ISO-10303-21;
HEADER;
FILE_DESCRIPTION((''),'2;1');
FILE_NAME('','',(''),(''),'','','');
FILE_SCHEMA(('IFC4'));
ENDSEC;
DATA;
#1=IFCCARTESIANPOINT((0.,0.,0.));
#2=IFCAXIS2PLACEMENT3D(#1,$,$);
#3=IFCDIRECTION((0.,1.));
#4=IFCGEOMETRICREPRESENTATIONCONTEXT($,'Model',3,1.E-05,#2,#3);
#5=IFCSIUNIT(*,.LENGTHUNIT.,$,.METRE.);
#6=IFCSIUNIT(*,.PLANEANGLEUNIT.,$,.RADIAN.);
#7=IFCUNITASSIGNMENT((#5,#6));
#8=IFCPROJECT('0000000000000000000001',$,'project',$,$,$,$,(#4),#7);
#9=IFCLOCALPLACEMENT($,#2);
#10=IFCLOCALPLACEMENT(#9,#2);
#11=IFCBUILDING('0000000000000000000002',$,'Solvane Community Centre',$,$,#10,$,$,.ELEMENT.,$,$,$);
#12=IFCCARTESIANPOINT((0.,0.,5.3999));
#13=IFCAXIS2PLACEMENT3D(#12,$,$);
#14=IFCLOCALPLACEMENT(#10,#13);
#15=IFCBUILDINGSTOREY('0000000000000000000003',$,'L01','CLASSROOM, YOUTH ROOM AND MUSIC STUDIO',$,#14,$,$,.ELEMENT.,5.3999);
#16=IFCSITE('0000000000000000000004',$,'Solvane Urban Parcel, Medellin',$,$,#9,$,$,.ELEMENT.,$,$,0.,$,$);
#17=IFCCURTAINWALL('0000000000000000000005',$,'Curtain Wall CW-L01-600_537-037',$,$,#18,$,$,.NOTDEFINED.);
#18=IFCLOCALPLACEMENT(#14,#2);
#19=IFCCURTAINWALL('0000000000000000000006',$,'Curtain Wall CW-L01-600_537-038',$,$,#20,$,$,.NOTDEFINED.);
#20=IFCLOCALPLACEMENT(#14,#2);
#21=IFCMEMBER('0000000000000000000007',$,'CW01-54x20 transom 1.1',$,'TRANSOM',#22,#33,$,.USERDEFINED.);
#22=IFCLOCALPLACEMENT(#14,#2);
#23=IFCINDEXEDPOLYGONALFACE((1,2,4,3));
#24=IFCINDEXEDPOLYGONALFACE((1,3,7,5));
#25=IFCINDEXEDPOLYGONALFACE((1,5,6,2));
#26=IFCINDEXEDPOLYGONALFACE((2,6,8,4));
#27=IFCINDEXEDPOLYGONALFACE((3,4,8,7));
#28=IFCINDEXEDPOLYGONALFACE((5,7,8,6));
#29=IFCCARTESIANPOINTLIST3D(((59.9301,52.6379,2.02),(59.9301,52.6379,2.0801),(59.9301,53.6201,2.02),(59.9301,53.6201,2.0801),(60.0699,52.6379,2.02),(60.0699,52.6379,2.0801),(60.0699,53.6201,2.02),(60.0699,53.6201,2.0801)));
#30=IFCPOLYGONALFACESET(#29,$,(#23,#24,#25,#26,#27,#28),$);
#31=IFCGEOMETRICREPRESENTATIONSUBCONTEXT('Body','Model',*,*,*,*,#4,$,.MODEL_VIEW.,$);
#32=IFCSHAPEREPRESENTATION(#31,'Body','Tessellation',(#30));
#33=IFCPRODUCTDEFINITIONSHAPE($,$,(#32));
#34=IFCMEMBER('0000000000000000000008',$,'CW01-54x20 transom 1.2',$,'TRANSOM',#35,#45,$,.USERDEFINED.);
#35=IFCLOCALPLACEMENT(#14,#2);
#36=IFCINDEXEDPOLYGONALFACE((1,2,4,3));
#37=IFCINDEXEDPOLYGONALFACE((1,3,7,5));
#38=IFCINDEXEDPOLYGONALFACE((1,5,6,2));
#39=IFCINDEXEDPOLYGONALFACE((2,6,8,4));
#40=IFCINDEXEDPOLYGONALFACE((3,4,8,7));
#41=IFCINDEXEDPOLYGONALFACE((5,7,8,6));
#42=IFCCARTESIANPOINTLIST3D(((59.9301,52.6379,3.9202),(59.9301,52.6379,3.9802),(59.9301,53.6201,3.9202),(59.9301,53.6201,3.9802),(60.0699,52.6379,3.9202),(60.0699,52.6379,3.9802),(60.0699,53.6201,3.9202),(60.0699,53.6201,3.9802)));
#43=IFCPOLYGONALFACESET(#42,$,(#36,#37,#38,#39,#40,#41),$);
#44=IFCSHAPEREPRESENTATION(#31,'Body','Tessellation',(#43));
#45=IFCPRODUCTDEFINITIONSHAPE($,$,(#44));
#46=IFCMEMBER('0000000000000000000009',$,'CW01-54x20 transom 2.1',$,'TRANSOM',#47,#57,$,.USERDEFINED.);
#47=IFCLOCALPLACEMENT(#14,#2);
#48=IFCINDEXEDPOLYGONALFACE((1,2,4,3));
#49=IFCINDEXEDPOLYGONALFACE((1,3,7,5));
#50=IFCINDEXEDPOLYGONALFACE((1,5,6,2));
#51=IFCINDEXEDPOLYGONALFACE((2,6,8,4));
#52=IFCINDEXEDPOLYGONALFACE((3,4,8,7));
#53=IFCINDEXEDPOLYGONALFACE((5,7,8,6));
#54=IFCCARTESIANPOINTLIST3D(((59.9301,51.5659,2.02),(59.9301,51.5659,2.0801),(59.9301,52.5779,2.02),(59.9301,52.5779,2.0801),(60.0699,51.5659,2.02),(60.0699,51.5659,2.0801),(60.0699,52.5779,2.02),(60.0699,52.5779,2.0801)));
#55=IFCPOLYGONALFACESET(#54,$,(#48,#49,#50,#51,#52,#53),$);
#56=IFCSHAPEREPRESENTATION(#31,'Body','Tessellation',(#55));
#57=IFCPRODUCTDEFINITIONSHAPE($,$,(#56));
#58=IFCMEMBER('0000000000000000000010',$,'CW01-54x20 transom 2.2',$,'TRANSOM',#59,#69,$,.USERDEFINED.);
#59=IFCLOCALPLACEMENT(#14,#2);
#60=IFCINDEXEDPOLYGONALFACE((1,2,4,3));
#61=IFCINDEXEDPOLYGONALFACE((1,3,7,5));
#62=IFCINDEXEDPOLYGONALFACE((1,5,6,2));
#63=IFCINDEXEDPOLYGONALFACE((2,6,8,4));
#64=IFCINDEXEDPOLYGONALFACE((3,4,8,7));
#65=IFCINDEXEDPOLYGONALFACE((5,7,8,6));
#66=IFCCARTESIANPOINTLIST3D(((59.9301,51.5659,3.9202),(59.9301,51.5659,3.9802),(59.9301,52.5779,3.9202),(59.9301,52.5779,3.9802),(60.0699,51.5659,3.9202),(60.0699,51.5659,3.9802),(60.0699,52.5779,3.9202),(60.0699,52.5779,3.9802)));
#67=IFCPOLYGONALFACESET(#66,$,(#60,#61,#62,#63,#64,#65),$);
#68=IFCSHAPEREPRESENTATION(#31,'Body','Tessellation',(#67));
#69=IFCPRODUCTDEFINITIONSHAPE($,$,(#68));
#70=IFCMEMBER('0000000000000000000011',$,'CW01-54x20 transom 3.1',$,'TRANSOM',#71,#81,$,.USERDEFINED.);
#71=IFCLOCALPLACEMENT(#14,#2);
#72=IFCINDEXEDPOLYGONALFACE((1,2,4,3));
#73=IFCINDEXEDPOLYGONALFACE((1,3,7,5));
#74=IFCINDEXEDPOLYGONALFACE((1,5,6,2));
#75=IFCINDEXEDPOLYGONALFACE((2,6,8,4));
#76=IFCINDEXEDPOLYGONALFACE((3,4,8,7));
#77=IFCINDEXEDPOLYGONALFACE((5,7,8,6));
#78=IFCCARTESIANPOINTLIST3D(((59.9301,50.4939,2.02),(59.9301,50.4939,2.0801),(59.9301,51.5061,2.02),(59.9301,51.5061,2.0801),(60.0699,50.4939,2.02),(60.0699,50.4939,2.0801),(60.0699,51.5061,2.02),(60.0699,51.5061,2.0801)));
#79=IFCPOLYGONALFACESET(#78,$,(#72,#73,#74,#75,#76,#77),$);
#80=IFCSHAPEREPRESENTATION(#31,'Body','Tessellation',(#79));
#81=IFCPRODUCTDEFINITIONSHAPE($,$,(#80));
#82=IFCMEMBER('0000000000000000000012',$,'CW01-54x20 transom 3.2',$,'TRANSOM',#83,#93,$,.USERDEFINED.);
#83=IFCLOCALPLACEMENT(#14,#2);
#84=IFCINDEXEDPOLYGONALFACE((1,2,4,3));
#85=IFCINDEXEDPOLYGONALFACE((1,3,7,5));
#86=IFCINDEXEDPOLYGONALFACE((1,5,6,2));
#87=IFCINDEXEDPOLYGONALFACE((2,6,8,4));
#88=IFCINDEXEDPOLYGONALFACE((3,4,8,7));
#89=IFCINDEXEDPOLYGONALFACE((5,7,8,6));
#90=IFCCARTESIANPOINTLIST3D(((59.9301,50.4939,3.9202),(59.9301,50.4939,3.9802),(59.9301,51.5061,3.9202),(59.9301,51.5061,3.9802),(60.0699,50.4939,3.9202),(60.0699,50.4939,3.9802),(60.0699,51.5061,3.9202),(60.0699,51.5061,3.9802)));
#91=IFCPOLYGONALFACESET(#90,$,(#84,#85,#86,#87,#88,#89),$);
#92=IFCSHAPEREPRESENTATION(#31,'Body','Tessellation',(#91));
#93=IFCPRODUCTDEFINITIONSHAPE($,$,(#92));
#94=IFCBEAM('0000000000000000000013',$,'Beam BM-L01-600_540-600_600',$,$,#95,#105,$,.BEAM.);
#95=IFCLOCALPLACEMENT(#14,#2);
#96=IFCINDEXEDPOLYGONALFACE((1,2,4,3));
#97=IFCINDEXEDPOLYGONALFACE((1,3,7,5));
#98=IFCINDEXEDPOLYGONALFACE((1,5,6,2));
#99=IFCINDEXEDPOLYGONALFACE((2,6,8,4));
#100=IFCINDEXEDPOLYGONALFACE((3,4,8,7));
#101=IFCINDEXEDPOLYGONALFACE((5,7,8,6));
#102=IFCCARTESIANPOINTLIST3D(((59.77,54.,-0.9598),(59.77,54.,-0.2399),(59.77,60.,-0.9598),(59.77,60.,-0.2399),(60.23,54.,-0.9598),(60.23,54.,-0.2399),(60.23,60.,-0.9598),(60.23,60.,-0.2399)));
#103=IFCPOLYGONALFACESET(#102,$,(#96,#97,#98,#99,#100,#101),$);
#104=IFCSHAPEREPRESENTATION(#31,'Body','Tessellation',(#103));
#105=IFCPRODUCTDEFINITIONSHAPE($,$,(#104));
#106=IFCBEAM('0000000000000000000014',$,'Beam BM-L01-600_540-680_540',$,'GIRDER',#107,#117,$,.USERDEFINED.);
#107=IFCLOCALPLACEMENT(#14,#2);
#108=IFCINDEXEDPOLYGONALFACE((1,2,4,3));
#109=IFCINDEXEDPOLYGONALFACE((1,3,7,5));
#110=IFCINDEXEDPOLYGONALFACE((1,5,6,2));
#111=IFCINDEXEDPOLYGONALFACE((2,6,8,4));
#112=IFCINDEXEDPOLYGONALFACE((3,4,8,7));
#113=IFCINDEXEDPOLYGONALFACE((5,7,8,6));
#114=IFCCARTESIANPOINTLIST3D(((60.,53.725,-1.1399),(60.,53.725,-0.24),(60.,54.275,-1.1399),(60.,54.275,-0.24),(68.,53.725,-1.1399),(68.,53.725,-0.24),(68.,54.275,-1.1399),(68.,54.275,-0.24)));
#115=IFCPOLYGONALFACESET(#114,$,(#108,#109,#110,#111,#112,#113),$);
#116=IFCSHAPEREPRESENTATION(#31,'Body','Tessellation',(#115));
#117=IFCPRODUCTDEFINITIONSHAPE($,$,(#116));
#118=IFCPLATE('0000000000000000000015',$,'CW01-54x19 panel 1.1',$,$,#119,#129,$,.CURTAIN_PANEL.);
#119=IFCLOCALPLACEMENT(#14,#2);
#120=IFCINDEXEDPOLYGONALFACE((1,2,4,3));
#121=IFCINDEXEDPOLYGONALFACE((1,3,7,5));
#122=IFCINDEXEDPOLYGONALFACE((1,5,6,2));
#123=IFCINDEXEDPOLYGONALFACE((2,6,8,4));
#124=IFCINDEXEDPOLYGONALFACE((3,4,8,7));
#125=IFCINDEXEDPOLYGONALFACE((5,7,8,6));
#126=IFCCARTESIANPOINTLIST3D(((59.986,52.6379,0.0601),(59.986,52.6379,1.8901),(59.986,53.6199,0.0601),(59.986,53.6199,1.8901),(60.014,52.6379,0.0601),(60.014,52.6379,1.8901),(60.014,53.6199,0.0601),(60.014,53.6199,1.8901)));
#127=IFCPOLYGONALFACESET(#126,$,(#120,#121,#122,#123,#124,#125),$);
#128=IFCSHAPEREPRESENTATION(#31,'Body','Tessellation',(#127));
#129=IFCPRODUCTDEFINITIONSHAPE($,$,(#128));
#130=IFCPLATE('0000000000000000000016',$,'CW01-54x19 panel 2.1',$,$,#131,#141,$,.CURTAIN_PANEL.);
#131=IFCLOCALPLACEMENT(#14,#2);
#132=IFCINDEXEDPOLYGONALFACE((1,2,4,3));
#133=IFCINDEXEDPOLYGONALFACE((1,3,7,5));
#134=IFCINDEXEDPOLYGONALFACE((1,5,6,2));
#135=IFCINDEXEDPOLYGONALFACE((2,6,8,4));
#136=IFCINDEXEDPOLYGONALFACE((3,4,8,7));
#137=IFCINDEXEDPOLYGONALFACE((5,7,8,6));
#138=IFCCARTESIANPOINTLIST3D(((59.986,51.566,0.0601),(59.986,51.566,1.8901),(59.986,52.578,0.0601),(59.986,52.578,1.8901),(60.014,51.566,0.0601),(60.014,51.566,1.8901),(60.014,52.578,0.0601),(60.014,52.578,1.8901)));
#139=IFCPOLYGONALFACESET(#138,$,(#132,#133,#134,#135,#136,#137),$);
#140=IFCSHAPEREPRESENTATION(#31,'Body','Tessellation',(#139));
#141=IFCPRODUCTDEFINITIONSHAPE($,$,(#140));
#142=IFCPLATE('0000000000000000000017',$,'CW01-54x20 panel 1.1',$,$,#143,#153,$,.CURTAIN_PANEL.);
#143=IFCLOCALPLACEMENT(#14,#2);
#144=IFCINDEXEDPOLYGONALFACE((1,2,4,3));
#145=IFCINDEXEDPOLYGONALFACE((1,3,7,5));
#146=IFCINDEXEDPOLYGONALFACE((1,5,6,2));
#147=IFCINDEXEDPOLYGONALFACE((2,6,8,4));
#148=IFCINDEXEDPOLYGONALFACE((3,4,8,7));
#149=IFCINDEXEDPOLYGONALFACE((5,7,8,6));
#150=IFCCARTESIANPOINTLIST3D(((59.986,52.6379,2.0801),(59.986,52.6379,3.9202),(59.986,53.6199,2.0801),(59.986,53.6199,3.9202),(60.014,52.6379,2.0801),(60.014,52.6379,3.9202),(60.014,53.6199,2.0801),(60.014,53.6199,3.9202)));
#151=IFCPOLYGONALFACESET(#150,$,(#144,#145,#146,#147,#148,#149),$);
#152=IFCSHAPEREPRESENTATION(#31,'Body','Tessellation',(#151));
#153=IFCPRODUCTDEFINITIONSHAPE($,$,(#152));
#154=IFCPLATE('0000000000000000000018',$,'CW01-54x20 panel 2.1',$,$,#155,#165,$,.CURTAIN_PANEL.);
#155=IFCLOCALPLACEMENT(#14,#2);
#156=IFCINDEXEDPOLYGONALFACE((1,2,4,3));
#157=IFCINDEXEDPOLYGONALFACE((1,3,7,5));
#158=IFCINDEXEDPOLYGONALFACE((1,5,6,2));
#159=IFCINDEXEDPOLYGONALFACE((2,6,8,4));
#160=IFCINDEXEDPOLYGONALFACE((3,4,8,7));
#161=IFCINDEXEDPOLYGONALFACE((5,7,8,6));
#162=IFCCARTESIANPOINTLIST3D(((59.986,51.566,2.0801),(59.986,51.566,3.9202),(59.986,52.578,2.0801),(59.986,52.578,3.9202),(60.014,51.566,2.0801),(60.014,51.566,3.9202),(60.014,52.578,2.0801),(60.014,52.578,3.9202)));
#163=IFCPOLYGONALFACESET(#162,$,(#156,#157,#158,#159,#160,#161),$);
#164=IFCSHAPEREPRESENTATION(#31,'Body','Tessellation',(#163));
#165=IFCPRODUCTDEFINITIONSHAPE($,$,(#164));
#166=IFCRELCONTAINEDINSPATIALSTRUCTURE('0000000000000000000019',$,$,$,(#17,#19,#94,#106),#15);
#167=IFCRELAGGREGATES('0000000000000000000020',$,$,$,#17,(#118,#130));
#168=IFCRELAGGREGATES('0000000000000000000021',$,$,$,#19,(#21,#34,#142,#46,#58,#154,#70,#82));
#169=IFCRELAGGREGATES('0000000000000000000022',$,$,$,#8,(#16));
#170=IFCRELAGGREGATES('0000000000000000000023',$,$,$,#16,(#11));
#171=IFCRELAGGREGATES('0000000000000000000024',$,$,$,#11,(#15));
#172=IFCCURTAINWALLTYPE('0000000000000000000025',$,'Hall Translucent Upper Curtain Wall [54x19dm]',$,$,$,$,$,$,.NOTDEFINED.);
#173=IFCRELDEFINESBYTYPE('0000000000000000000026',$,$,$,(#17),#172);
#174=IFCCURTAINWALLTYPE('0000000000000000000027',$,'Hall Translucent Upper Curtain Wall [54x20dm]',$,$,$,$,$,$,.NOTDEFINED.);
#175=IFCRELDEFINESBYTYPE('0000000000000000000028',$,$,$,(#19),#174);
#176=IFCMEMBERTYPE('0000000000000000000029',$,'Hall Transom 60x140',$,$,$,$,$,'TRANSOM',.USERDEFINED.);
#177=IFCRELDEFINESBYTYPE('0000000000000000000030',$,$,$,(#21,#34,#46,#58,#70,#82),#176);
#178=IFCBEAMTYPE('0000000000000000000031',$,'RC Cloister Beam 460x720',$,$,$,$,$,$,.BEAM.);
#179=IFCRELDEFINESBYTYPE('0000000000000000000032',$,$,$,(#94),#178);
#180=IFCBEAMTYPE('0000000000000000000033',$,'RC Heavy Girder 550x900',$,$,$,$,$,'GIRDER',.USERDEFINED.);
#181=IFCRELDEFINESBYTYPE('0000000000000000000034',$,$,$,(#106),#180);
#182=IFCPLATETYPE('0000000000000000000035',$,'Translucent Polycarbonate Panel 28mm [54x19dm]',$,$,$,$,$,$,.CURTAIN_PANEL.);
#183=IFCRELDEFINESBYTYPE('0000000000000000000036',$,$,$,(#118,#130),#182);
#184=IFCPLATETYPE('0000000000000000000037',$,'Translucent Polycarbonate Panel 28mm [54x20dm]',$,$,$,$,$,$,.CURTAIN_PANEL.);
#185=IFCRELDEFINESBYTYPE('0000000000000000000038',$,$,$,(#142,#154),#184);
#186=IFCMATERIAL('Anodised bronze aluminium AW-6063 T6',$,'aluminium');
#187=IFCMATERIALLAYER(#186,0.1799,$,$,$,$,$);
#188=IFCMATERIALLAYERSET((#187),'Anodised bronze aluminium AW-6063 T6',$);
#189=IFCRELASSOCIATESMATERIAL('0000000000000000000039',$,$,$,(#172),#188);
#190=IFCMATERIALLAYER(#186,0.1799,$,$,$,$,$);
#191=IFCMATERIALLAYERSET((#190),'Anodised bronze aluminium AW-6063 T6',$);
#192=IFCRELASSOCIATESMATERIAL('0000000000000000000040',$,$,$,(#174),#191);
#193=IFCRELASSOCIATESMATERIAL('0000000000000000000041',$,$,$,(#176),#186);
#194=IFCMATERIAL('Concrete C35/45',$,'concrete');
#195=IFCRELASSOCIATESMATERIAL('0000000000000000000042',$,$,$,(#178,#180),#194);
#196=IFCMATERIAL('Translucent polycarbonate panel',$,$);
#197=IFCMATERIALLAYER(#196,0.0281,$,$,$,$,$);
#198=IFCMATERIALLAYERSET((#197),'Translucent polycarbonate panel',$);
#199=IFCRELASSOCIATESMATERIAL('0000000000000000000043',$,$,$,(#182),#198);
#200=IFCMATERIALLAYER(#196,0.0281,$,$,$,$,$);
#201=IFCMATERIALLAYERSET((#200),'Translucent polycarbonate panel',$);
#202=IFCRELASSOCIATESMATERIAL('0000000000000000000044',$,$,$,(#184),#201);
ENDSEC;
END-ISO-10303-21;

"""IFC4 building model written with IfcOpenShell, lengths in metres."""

from ifc_helpers import new_model, si_unit, direction, frame, origin, origin_2d, place, context, subcontext, project, spatial, rectangle, extrude, material, layer, layer_set, material_profile, profile_set, type_object, element, aggregate, save


model = new_model("IFC4")

# Units and contexts
model_context = context("Model", 3, precision=1e-05, world=origin(), true_north=direction((0.0, 1.0)))
body_context = subcontext(model_context, "Body", "Model", "MODEL_VIEW")
ifc_project = project(units=[si_unit("LENGTHUNIT", "METRE"), si_unit("PLANEANGLEUNIT", "RADIAN")], contexts=[model_context])

# Site, building, storey
site_placement = place(None, origin())
site = spatial("IfcSite", under=ifc_project, at=site_placement, Name="Solvane Urban Parcel, Medellin", CompositionType="ELEMENT", RefElevation=0.0)
building_placement = place(site_placement, origin())
building = spatial("IfcBuilding", under=site, at=building_placement, Name="Solvane Community Centre", CompositionType="ELEMENT")
storey_placement = place(building_placement, frame((0.0, 0.0, 5.3999)))
storey = spatial("IfcBuildingStorey", under=building, at=storey_placement, Name="L01", Description="CLASSROOM, YOUTH ROOM AND MUSIC STUDIO", CompositionType="ELEMENT", Elevation=5.3999)

# Shared definitions
ifc_material_1 = material(Name="Concrete C35/45", Category="concrete")

# Curtain walls
ifc_material_2 = material(Name="Anodised bronze aluminium AW-6063 T6", Category="aluminium")
ifc_layer_1 = layer(ifc_material_2, 0.1799)
ifc_layer_set_1 = layer_set([ifc_layer_1], Name="Anodised bronze aluminium AW-6063 T6")
curtain_wall_type_1 = type_object("IfcCurtainWallType", Name="Hall Translucent Upper Curtain Wall [54x19dm]", PredefinedType="NOTDEFINED", material=ifc_layer_set_1)
curtain_wall_1_placement = place(storey_placement, origin())
curtain_wall_1 = element("IfcCurtainWall", 1, at=curtain_wall_1_placement, inside=storey, type_object=curtain_wall_type_1, Name="Curtain Wall CW-L01-600_537-037", PredefinedType="NOTDEFINED")
ifc_layer_2 = layer(ifc_material_2, 0.1799)
ifc_layer_set_2 = layer_set([ifc_layer_2], Name="Anodised bronze aluminium AW-6063 T6")
curtain_wall_type_2 = type_object("IfcCurtainWallType", Name="Hall Translucent Upper Curtain Wall [54x20dm]", PredefinedType="NOTDEFINED", material=ifc_layer_set_2)
curtain_wall_2_placement = place(storey_placement, origin())
curtain_wall_2 = element("IfcCurtainWall", 2, at=curtain_wall_2_placement, inside=storey, type_object=curtain_wall_type_2, Name="Curtain Wall CW-L01-600_537-038", PredefinedType="NOTDEFINED")

# Members
ifc_material_profile_1 = material_profile(ifc_material_2, rectangle(XDim=0.1399, YDim=0.0601, at=origin_2d()), Name="CW-T 60x140")
ifc_profile_set_1 = profile_set([ifc_material_profile_1], Name="Anodised bronze aluminium AW-6063 T6")
member_type_1 = type_object("IfcMemberType", Name="Hall Transom 60x140", ElementType="TRANSOM", PredefinedType="USERDEFINED", material=ifc_profile_set_1)
member_1_placement = place(storey_placement, frame((60.0, 53.6201, 2.05), z_axis=(0.0, -1.0, 0.0), x_axis=(1.0, 0.0, 0.0)))
member_1 = element("IfcMember", 3, at=member_1_placement, type_object=member_type_1, Name="CW01-54x20 transom 1.1", ObjectType="TRANSOM", PredefinedType="USERDEFINED", context=body_context, shape_type="SweptSolid", body=[
    extrude(rectangle(XDim=0.1399, YDim=0.0601, at=origin_2d()), origin(), (0.0, 0.0, 1.0), 0.9822),
])
member_2_placement = place(storey_placement, frame((60.0, 53.6201, 3.9502), z_axis=(0.0, -1.0, 0.0), x_axis=(1.0, 0.0, 0.0)))
member_2 = element("IfcMember", 4, at=member_2_placement, type_object=member_type_1, Name="CW01-54x20 transom 1.2", ObjectType="TRANSOM", PredefinedType="USERDEFINED", context=body_context, shape_type="SweptSolid", body=[
    extrude(rectangle(XDim=0.1399, YDim=0.0601, at=origin_2d()), origin(), (0.0, 0.0, 1.0), 0.9822),
])
member_3_placement = place(storey_placement, frame((60.0, 52.5779, 2.05), z_axis=(0.0, -1.0, 0.0), x_axis=(1.0, 0.0, 0.0)))
member_3 = element("IfcMember", 5, at=member_3_placement, type_object=member_type_1, Name="CW01-54x20 transom 2.1", ObjectType="TRANSOM", PredefinedType="USERDEFINED", context=body_context, shape_type="SweptSolid", body=[
    extrude(rectangle(XDim=0.1399, YDim=0.0601, at=origin_2d()), origin(), (0.0, 0.0, 1.0), 1.012),
])
member_4_placement = place(storey_placement, frame((60.0, 52.5779, 3.9502), z_axis=(0.0, -1.0, 0.0), x_axis=(1.0, 0.0, 0.0)))
member_4 = element("IfcMember", 6, at=member_4_placement, type_object=member_type_1, Name="CW01-54x20 transom 2.2", ObjectType="TRANSOM", PredefinedType="USERDEFINED", context=body_context, shape_type="SweptSolid", body=[
    extrude(rectangle(XDim=0.1399, YDim=0.0601, at=origin_2d()), origin(), (0.0, 0.0, 1.0), 1.012),
])
member_5_placement = place(storey_placement, frame((60.0, 51.5061, 2.05), z_axis=(0.0, -1.0, 0.0), x_axis=(1.0, 0.0, 0.0)))
member_5 = element("IfcMember", 7, at=member_5_placement, type_object=member_type_1, Name="CW01-54x20 transom 3.1", ObjectType="TRANSOM", PredefinedType="USERDEFINED", context=body_context, shape_type="SweptSolid", body=[
    extrude(rectangle(XDim=0.1399, YDim=0.0601, at=origin_2d()), origin(), (0.0, 0.0, 1.0), 1.0122),
])
member_6_placement = place(storey_placement, frame((60.0, 51.5061, 3.9502), z_axis=(0.0, -1.0, 0.0), x_axis=(1.0, 0.0, 0.0)))
member_6 = element("IfcMember", 8, at=member_6_placement, type_object=member_type_1, Name="CW01-54x20 transom 3.2", ObjectType="TRANSOM", PredefinedType="USERDEFINED", context=body_context, shape_type="SweptSolid", body=[
    extrude(rectangle(XDim=0.1399, YDim=0.0601, at=origin_2d()), origin(), (0.0, 0.0, 1.0), 1.0122),
])

# Beams
ifc_material_profile_2 = material_profile(ifc_material_1, rectangle(XDim=0.46, YDim=0.72, at=origin_2d()), Name="RC 460x720")
ifc_profile_set_2 = profile_set([ifc_material_profile_2], Name="Concrete C35/45")
beam_type_1 = type_object("IfcBeamType", Name="RC Cloister Beam 460x720", PredefinedType="BEAM", material=ifc_profile_set_2)
beam_1_placement = place(storey_placement, frame((60.0, 54.0, -0.5999), z_axis=(0.0, 1.0, 0.0), x_axis=(-1.0, 0.0, 0.0)))
element("IfcBeam", 9, at=beam_1_placement, inside=storey, type_object=beam_type_1, Name="Beam BM-L01-600_540-600_600", PredefinedType="BEAM", context=body_context, shape_type="SweptSolid", body=[
    extrude(rectangle(XDim=0.46, YDim=0.72, at=origin_2d()), origin(), (0.0, 0.0, 1.0), 6.0),
])
ifc_material_profile_3 = material_profile(ifc_material_1, rectangle(XDim=0.55, YDim=0.8999, at=origin_2d()), Name="RC 550x900")
ifc_profile_set_3 = profile_set([ifc_material_profile_3], Name="Concrete C35/45")
beam_type_2 = type_object("IfcBeamType", Name="RC Heavy Girder 550x900", ElementType="GIRDER", PredefinedType="USERDEFINED", material=ifc_profile_set_3)
beam_2_placement = place(storey_placement, frame((60.0, 54.0, -0.6899), z_axis=(1.0, 0.0, 0.0), x_axis=(0.0, 1.0, 0.0)))
element("IfcBeam", 10, at=beam_2_placement, inside=storey, type_object=beam_type_2, Name="Beam BM-L01-600_540-680_540", ObjectType="GIRDER", PredefinedType="USERDEFINED", context=body_context, shape_type="SweptSolid", body=[
    extrude(rectangle(XDim=0.55, YDim=0.8999, at=origin_2d()), origin(), (0.0, 0.0, 1.0), 8.0),
])

# Plates
ifc_material_3 = material(Name="Translucent polycarbonate panel")
ifc_layer_3 = layer(ifc_material_3, 0.0281)
ifc_layer_set_3 = layer_set([ifc_layer_3], Name="Translucent polycarbonate panel")
plate_type_1 = type_object("IfcPlateType", Name="Translucent Polycarbonate Panel 28mm [54x19dm]", PredefinedType="CURTAIN_PANEL", material=ifc_layer_set_3)
plate_1_placement = place(storey_placement, frame((60.0, 53.1289, 0.0601), z_axis=(0.0, 0.0, 1.0), x_axis=(0.0, -1.0, 0.0)))
plate_1 = element("IfcPlate", 11, at=plate_1_placement, type_object=plate_type_1, Name="CW01-54x19 panel 1.1", PredefinedType="CURTAIN_PANEL", context=body_context, shape_type="SweptSolid", body=[
    extrude(rectangle(XDim=0.9819, YDim=0.0281, at=origin_2d()), origin(), (0.0, 0.0, 1.0), 1.8301),
])
plate_2_placement = place(storey_placement, frame((60.0, 52.072, 0.0601), z_axis=(0.0, 0.0, 1.0), x_axis=(0.0, -1.0, 0.0)))
plate_2 = element("IfcPlate", 12, at=plate_2_placement, type_object=plate_type_1, Name="CW01-54x19 panel 2.1", PredefinedType="CURTAIN_PANEL", context=body_context, shape_type="SweptSolid", body=[
    extrude(rectangle(XDim=1.012, YDim=0.0281, at=origin_2d()), origin(), (0.0, 0.0, 1.0), 1.8301),
])
aggregate(curtain_wall_1, [plate_1, plate_2])
ifc_layer_4 = layer(ifc_material_3, 0.0281)
ifc_layer_set_4 = layer_set([ifc_layer_4], Name="Translucent polycarbonate panel")
plate_type_2 = type_object("IfcPlateType", Name="Translucent Polycarbonate Panel 28mm [54x20dm]", PredefinedType="CURTAIN_PANEL", material=ifc_layer_set_4)
plate_3_placement = place(storey_placement, frame((60.0, 53.1289, 2.0801), z_axis=(0.0, 0.0, 1.0), x_axis=(0.0, -1.0, 0.0)))
plate_3 = element("IfcPlate", 13, at=plate_3_placement, type_object=plate_type_2, Name="CW01-54x20 panel 1.1", PredefinedType="CURTAIN_PANEL", context=body_context, shape_type="SweptSolid", body=[
    extrude(rectangle(XDim=0.9819, YDim=0.0281, at=origin_2d()), origin(), (0.0, 0.0, 1.0), 1.8401),
])
plate_4_placement = place(storey_placement, frame((60.0, 52.072, 2.0801), z_axis=(0.0, 0.0, 1.0), x_axis=(0.0, -1.0, 0.0)))
plate_4 = element("IfcPlate", 14, at=plate_4_placement, type_object=plate_type_2, Name="CW01-54x20 panel 2.1", PredefinedType="CURTAIN_PANEL", context=body_context, shape_type="SweptSolid", body=[
    extrude(rectangle(XDim=1.012, YDim=0.0281, at=origin_2d()), origin(), (0.0, 0.0, 1.0), 1.8401),
])
aggregate(curtain_wall_2, [member_1, member_2, plate_3, member_3, member_4, plate_4, member_5, member_6])

save(model, "model.ifc")
